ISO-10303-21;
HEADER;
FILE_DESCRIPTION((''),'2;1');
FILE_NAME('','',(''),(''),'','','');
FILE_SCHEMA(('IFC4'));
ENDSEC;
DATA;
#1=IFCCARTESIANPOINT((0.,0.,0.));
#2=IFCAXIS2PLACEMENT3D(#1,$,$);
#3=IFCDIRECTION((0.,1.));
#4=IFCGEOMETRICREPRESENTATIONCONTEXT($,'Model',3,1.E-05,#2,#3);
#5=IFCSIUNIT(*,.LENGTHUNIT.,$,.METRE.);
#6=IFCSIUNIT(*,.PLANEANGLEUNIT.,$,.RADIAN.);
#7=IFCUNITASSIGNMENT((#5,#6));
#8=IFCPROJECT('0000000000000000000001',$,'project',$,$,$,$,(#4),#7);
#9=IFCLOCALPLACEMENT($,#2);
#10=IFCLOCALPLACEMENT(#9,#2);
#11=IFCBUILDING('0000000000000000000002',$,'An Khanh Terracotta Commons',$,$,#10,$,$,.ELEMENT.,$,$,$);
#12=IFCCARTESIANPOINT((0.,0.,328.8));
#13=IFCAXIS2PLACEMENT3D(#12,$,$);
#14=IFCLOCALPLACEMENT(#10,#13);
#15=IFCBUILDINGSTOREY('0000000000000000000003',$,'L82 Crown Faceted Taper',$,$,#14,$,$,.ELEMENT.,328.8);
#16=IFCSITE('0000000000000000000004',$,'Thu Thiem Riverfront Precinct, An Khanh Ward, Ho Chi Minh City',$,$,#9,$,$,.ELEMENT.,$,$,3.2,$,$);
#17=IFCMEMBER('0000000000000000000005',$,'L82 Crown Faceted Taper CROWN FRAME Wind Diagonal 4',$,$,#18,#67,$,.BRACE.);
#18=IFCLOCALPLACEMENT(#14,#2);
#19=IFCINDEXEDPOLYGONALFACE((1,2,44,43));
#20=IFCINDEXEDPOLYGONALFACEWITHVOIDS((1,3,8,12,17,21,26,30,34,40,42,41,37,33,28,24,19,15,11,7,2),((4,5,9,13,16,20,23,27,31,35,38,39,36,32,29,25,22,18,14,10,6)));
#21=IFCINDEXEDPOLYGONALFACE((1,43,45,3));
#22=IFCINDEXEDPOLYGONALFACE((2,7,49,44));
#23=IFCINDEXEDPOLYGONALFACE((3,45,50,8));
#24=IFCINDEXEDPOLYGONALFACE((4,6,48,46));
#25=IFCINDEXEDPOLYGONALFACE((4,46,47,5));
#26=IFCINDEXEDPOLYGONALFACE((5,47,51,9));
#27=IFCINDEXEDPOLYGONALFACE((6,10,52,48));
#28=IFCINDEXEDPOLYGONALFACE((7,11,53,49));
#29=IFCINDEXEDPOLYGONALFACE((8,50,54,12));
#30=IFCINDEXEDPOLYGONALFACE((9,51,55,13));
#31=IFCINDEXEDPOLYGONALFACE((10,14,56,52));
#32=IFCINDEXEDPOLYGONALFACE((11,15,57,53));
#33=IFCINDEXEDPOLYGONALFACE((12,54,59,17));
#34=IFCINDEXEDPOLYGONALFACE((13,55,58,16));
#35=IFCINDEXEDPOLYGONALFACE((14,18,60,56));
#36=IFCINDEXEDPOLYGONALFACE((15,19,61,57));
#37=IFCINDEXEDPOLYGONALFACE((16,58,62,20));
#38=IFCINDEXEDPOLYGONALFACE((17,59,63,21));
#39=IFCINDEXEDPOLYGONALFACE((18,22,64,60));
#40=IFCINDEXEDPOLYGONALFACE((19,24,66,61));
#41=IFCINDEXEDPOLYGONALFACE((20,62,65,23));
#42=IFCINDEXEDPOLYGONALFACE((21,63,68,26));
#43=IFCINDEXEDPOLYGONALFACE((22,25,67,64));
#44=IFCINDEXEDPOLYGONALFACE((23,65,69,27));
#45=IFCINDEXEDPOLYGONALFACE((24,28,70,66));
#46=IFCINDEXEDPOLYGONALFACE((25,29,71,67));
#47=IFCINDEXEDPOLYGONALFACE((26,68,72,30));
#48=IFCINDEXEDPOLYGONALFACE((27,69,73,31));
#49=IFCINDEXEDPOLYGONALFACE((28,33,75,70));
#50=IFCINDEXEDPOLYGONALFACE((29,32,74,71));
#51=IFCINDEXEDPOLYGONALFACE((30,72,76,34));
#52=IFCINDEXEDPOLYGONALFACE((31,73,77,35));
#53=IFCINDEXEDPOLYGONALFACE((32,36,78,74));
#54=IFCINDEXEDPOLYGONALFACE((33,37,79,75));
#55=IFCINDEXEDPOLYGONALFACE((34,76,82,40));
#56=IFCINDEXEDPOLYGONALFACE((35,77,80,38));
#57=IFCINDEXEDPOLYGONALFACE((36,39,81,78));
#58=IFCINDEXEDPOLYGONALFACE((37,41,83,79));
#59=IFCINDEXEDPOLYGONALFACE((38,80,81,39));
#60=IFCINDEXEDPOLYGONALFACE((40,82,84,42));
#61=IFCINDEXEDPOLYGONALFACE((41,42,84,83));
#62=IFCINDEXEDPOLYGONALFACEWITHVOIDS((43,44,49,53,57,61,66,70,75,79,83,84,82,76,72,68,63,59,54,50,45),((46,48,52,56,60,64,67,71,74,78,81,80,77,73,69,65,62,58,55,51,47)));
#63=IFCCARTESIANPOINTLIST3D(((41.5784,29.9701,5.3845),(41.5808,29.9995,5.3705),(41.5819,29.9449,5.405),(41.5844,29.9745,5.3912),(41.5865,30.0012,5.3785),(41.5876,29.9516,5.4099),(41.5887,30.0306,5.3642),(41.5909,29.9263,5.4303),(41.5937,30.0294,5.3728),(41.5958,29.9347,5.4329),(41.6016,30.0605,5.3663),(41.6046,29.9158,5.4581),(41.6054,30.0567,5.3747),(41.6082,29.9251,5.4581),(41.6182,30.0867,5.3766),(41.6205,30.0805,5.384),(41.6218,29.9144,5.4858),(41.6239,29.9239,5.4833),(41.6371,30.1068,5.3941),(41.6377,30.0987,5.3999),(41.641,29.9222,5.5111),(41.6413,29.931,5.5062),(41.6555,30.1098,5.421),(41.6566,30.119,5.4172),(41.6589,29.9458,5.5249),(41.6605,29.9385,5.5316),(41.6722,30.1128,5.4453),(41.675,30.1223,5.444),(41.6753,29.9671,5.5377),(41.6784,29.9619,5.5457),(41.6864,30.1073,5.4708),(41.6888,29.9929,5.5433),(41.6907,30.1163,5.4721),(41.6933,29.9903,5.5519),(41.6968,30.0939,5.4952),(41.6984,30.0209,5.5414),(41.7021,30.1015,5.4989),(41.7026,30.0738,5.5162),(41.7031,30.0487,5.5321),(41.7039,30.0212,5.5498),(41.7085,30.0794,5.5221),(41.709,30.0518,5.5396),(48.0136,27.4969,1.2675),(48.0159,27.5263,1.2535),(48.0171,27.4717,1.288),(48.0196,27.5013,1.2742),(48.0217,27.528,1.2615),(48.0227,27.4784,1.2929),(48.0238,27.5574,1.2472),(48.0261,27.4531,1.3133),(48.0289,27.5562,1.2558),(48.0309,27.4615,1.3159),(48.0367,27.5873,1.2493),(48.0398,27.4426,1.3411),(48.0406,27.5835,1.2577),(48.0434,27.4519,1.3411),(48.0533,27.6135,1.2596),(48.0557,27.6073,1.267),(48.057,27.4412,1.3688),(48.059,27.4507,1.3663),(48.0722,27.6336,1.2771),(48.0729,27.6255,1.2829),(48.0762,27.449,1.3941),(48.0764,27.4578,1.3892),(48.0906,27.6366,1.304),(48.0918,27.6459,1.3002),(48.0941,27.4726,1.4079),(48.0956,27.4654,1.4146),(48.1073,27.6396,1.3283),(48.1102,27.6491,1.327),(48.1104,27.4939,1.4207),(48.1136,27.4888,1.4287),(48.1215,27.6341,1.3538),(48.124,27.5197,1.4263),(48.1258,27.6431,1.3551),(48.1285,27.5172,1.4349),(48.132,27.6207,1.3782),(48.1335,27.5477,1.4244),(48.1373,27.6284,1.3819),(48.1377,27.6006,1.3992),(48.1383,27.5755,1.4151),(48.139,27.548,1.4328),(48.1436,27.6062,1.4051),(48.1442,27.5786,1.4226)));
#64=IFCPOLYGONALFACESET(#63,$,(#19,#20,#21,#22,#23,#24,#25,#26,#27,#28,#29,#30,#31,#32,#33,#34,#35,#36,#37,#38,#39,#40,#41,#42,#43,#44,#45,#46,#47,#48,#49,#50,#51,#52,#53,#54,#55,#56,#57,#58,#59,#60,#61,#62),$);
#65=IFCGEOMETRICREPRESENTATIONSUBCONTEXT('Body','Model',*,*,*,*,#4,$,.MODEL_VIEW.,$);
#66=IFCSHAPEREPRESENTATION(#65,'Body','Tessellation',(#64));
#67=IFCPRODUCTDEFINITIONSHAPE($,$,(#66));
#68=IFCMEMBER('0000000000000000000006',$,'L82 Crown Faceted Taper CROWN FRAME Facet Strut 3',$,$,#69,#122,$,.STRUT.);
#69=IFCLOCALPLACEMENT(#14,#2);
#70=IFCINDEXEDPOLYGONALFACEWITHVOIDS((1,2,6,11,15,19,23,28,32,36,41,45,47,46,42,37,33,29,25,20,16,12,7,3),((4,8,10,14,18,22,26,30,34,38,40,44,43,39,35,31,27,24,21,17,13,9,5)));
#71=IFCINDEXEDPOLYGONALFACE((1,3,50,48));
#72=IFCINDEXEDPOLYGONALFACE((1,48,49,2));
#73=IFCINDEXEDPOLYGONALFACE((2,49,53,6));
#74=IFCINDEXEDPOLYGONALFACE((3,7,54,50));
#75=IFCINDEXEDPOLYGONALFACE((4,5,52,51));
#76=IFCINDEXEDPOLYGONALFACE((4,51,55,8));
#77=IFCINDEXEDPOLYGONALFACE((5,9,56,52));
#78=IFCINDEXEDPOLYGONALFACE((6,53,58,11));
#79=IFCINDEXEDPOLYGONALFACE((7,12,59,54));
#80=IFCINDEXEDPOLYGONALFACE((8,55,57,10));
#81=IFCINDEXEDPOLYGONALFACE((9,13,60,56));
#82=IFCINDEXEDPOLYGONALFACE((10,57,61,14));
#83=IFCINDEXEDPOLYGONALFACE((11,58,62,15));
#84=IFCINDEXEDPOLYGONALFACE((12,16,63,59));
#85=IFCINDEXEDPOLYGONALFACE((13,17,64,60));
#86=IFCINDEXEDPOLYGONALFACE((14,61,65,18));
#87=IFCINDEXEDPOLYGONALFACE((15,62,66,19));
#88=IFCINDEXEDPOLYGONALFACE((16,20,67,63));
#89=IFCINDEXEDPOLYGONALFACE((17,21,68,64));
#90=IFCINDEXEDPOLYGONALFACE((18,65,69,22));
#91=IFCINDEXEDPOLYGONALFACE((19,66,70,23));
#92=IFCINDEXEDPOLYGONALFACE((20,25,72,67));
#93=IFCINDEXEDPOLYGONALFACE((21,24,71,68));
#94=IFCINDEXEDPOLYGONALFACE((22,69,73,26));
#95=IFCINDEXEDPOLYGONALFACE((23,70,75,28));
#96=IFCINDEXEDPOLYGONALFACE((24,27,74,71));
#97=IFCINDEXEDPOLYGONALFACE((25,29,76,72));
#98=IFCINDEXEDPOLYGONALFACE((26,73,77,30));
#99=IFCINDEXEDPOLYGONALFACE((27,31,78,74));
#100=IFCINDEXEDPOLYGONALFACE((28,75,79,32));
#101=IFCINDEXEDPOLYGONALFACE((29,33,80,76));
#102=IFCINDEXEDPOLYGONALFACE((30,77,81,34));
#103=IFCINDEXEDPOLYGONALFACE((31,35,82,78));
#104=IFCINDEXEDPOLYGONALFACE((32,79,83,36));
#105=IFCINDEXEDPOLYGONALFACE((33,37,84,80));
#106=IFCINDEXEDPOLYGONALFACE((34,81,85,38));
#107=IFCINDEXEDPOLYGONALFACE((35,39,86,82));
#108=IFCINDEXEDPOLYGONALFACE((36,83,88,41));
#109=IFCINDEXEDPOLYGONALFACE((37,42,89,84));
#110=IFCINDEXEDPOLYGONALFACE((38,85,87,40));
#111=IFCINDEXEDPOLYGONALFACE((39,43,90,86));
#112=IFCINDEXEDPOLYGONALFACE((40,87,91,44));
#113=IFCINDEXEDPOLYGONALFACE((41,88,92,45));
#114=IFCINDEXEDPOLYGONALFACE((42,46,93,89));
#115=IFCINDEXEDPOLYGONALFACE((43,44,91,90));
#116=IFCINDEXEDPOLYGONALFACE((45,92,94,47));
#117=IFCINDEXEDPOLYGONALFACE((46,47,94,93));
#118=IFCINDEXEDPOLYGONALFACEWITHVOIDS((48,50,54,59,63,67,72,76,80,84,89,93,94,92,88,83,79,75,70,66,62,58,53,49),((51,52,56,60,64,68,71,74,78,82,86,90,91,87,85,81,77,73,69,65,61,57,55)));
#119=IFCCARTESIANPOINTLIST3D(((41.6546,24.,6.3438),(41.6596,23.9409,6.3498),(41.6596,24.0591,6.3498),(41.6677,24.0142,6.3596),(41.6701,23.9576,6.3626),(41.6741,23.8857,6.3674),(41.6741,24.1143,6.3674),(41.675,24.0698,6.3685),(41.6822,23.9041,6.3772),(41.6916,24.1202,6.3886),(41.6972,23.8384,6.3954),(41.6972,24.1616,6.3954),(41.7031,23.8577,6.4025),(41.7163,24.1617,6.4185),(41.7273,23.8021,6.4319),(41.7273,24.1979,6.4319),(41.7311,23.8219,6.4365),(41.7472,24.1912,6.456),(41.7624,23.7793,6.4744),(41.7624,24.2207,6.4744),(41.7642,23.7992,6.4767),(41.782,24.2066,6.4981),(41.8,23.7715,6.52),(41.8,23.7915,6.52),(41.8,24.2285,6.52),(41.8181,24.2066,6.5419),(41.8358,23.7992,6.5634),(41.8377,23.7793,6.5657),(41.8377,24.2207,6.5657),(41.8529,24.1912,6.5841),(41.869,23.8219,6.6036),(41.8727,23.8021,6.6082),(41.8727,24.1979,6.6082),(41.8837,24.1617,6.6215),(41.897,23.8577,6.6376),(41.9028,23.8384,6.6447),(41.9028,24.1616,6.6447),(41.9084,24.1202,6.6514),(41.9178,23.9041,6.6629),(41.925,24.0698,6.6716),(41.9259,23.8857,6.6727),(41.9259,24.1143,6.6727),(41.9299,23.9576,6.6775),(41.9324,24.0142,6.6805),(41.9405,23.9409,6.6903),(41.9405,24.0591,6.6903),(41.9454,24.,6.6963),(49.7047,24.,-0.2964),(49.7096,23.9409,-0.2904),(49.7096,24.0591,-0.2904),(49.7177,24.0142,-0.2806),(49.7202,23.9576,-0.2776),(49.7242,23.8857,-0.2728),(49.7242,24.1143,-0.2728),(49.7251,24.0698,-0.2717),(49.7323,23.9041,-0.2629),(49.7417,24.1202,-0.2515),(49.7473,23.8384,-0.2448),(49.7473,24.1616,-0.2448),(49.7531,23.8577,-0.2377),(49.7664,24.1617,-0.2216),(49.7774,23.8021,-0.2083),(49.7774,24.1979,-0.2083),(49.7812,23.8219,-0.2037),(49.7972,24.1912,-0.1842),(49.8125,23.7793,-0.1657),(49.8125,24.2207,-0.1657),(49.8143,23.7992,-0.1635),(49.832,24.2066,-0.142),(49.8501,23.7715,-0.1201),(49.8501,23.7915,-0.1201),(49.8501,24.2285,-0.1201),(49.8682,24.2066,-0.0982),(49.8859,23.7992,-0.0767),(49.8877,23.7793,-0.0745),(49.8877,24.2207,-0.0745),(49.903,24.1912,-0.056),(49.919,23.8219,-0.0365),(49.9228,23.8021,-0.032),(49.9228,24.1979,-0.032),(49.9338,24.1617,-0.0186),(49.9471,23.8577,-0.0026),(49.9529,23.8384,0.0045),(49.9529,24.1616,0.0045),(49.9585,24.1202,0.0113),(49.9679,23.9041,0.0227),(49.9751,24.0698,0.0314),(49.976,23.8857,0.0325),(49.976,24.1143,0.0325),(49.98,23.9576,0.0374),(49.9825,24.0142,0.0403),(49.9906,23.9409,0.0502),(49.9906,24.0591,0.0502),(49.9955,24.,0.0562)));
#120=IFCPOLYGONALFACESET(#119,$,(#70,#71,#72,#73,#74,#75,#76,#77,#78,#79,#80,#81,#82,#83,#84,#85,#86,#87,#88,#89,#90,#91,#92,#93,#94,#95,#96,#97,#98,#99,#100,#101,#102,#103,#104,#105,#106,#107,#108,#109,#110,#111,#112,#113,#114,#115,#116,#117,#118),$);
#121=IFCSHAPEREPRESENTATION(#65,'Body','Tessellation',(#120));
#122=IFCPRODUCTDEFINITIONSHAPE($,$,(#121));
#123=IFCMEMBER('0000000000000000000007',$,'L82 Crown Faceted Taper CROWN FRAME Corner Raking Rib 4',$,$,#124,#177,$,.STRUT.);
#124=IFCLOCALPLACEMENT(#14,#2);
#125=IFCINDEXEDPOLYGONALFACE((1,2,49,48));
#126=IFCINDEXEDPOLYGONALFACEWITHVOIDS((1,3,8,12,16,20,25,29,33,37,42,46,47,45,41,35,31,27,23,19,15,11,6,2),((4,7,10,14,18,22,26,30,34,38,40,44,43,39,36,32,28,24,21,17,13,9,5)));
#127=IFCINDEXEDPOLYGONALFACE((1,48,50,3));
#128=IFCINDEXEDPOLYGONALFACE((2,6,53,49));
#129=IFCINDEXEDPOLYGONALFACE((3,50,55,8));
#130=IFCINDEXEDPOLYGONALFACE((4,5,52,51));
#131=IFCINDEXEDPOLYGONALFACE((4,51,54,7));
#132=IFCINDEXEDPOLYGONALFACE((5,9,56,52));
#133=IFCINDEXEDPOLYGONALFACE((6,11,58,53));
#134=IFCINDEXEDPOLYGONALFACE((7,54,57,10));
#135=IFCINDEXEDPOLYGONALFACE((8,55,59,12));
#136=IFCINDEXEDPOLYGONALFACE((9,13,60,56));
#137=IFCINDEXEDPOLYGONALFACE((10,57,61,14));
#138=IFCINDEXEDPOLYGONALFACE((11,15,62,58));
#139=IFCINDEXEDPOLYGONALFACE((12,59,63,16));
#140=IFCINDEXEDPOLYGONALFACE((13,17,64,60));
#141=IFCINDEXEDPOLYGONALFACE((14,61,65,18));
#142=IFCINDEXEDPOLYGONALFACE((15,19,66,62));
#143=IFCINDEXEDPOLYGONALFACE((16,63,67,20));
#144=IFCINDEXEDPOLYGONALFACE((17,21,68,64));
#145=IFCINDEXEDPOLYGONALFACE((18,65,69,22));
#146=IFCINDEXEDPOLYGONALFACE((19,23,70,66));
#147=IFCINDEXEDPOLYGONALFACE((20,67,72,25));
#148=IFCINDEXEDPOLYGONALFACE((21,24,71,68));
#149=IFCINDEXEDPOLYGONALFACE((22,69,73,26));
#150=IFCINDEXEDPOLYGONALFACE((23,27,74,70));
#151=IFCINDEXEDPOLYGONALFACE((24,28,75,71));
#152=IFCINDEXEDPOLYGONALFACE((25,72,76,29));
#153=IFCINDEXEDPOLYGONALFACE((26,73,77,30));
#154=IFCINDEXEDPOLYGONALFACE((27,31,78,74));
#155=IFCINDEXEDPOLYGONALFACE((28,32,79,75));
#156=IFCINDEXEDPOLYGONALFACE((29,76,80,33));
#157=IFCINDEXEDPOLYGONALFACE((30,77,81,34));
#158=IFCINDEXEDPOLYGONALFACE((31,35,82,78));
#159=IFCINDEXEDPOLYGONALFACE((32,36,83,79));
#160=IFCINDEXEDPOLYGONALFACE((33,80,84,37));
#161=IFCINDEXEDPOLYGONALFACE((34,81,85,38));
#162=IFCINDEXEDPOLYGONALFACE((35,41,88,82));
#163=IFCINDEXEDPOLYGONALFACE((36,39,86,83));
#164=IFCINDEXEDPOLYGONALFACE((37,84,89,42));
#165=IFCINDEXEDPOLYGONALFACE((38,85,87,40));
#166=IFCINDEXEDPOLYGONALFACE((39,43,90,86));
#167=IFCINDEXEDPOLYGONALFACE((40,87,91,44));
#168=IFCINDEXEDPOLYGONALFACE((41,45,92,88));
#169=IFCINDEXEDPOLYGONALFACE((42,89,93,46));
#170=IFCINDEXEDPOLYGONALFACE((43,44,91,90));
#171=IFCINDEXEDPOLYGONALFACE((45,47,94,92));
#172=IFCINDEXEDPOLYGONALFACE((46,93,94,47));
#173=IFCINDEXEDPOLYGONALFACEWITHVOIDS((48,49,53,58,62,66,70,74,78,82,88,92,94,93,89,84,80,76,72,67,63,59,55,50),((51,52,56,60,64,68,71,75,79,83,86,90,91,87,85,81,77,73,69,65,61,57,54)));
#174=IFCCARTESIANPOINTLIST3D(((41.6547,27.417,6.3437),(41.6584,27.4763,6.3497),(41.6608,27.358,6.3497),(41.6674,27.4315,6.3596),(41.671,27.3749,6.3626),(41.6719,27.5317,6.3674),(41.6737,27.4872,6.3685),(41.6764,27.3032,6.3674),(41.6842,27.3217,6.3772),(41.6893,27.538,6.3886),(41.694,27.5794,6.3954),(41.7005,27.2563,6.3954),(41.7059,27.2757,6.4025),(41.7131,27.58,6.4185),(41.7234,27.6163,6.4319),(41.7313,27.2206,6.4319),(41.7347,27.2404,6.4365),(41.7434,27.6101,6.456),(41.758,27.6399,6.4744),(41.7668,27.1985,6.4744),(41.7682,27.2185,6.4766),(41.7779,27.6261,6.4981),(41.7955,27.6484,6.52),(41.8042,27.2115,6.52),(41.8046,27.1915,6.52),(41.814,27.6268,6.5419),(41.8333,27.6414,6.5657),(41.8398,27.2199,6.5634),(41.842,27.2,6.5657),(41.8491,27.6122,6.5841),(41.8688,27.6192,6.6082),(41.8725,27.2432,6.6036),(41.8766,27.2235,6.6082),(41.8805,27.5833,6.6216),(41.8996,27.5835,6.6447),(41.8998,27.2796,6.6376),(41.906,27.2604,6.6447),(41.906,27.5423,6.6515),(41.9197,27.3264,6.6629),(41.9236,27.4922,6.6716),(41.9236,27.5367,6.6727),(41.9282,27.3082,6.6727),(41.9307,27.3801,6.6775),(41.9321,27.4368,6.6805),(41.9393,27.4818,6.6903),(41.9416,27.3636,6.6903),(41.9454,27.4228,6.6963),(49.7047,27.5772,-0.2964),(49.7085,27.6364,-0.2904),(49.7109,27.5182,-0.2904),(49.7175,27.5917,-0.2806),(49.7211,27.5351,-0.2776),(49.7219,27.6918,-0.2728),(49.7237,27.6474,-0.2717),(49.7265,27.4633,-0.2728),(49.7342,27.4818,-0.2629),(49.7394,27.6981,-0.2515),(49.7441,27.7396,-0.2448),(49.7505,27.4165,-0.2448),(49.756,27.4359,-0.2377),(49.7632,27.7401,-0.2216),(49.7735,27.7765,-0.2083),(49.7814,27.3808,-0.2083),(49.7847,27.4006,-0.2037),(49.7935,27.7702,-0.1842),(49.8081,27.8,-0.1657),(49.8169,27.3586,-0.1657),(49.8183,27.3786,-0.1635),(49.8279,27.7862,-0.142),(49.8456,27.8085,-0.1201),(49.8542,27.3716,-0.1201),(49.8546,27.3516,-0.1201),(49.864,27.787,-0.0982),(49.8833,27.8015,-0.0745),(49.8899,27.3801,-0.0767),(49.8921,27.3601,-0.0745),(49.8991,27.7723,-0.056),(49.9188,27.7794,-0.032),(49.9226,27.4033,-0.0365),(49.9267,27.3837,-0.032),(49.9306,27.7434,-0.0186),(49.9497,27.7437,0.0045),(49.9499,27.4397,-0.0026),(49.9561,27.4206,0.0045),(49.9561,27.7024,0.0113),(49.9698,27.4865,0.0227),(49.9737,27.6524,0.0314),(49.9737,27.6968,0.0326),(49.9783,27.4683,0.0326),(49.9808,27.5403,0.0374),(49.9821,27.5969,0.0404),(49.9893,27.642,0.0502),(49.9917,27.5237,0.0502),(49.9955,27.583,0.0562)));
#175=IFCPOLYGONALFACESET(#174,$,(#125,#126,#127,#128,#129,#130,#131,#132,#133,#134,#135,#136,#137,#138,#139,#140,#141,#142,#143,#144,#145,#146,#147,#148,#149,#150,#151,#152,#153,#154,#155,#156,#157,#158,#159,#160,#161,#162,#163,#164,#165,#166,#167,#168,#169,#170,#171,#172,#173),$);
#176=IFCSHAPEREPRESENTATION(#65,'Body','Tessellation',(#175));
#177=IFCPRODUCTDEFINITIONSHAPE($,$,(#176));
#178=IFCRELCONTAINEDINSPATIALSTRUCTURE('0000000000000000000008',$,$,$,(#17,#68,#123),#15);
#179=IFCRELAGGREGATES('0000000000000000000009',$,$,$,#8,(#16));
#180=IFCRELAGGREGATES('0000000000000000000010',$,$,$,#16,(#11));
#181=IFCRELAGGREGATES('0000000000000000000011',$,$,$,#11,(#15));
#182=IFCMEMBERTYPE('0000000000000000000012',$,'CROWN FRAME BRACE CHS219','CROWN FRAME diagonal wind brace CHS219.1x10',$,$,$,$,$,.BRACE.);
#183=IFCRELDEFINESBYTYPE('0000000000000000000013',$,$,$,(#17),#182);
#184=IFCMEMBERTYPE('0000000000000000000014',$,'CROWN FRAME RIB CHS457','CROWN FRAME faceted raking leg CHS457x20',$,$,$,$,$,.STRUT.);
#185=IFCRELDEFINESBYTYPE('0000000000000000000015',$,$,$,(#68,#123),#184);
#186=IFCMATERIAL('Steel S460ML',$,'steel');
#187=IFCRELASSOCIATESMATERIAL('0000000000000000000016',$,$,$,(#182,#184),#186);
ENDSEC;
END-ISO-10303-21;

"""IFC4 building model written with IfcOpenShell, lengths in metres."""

from ifc_helpers import new_model, si_unit, direction, frame, origin, origin_2d, place, context, subcontext, project, spatial, hollow_circle, extrude, material, material_profile, profile_set, type_object, element, save


model = new_model("IFC4")

# Units and contexts
model_context = context("Model", 3, precision=1e-05, world=origin(), true_north=direction((0.0, 1.0)))
body_context = subcontext(model_context, "Body", "Model", "MODEL_VIEW")
ifc_project = project(units=[si_unit("LENGTHUNIT", "METRE"), si_unit("PLANEANGLEUNIT", "RADIAN")], contexts=[model_context])

# Site, building, storey
site_placement = place(None, origin())
site = spatial("IfcSite", under=ifc_project, at=site_placement, Name="Thu Thiem Riverfront Precinct, An Khanh Ward, Ho Chi Minh City", CompositionType="ELEMENT", RefElevation=3.2)
building_placement = place(site_placement, origin())
building = spatial("IfcBuilding", under=site, at=building_placement, Name="An Khanh Terracotta Commons", CompositionType="ELEMENT")
storey_placement = place(building_placement, frame((0.0, 0.0, 328.8)))
storey = spatial("IfcBuildingStorey", under=building, at=storey_placement, Name="L82 Crown Faceted Taper", CompositionType="ELEMENT", Elevation=328.8)

# Members
ifc_material_1 = material(Name="Steel S460ML", Category="steel")
ifc_material_profile_1 = material_profile(ifc_material_1, hollow_circle(Radius=0.1096, WallThickness=0.01, at=origin_2d()), Name="CHS219.1x10")
ifc_profile_set_1 = profile_set([ifc_material_profile_1], Name="Steel S460ML")
member_type_1 = type_object("IfcMemberType", Name="CROWN FRAME BRACE CHS219", Description="CROWN FRAME diagonal wind brace CHS219.1x10", PredefinedType="BRACE", material=ifc_profile_set_1)
member_1_placement = place(storey_placement, frame((48.0791, 27.5449, 1.3411), z_axis=(-0.80141, 0.308001, 0.512716), x_axis=(-0.358742, -0.933437, 0.0)))
element("IfcMember", 1, at=member_1_placement, inside=storey, type_object=member_type_1, Name="L82 Crown Faceted Taper CROWN FRAME Wind Diagonal 4", PredefinedType="BRACE", context=body_context, shape_type="SweptSolid", body=[
    extrude(hollow_circle(Radius=0.1096, WallThickness=0.01, at=origin_2d()), origin(), (0.0, 0.0, 1.0), 8.0298),
])
ifc_material_profile_2 = material_profile(ifc_material_1, hollow_circle(Radius=0.2285, WallThickness=0.02, at=origin_2d()), Name="CHS457x20")
ifc_profile_set_2 = profile_set([ifc_material_profile_2], Name="Steel S460ML")
member_type_2 = type_object("IfcMemberType", Name="CROWN FRAME RIB CHS457", Description="CROWN FRAME faceted raking leg CHS457x20", PredefinedType="STRUT", material=ifc_profile_set_2)
member_2_placement = place(storey_placement, frame((49.8501, 24.0, -0.1201), z_axis=(-0.771428, 0.0, 0.636317), x_axis=(0.0, -1.0, 0.0)))
element("IfcMember", 2, at=member_2_placement, inside=storey, type_object=member_type_2, Name="L82 Crown Faceted Taper CROWN FRAME Facet Strut 3", PredefinedType="STRUT", context=body_context, shape_type="SweptSolid", body=[
    extrude(hollow_circle(Radius=0.2285, WallThickness=0.02, at=origin_2d()), origin(), (0.0, 0.0, 1.0), 10.4353),
])
member_3_placement = place(storey_placement, frame((49.8501, 27.5801, -0.1201), z_axis=(-0.771337, -0.015346, 0.636242), x_axis=(0.019891, -0.999802, 0.0)))
element("IfcMember", 3, at=member_3_placement, inside=storey, type_object=member_type_2, Name="L82 Crown Faceted Taper CROWN FRAME Corner Raking Rib 4", PredefinedType="STRUT", context=body_context, shape_type="SweptSolid", body=[
    extrude(hollow_circle(Radius=0.2285, WallThickness=0.02, at=origin_2d()), origin(), (0.0, 0.0, 1.0), 10.4365),
])

save(model, "model.ifc")
